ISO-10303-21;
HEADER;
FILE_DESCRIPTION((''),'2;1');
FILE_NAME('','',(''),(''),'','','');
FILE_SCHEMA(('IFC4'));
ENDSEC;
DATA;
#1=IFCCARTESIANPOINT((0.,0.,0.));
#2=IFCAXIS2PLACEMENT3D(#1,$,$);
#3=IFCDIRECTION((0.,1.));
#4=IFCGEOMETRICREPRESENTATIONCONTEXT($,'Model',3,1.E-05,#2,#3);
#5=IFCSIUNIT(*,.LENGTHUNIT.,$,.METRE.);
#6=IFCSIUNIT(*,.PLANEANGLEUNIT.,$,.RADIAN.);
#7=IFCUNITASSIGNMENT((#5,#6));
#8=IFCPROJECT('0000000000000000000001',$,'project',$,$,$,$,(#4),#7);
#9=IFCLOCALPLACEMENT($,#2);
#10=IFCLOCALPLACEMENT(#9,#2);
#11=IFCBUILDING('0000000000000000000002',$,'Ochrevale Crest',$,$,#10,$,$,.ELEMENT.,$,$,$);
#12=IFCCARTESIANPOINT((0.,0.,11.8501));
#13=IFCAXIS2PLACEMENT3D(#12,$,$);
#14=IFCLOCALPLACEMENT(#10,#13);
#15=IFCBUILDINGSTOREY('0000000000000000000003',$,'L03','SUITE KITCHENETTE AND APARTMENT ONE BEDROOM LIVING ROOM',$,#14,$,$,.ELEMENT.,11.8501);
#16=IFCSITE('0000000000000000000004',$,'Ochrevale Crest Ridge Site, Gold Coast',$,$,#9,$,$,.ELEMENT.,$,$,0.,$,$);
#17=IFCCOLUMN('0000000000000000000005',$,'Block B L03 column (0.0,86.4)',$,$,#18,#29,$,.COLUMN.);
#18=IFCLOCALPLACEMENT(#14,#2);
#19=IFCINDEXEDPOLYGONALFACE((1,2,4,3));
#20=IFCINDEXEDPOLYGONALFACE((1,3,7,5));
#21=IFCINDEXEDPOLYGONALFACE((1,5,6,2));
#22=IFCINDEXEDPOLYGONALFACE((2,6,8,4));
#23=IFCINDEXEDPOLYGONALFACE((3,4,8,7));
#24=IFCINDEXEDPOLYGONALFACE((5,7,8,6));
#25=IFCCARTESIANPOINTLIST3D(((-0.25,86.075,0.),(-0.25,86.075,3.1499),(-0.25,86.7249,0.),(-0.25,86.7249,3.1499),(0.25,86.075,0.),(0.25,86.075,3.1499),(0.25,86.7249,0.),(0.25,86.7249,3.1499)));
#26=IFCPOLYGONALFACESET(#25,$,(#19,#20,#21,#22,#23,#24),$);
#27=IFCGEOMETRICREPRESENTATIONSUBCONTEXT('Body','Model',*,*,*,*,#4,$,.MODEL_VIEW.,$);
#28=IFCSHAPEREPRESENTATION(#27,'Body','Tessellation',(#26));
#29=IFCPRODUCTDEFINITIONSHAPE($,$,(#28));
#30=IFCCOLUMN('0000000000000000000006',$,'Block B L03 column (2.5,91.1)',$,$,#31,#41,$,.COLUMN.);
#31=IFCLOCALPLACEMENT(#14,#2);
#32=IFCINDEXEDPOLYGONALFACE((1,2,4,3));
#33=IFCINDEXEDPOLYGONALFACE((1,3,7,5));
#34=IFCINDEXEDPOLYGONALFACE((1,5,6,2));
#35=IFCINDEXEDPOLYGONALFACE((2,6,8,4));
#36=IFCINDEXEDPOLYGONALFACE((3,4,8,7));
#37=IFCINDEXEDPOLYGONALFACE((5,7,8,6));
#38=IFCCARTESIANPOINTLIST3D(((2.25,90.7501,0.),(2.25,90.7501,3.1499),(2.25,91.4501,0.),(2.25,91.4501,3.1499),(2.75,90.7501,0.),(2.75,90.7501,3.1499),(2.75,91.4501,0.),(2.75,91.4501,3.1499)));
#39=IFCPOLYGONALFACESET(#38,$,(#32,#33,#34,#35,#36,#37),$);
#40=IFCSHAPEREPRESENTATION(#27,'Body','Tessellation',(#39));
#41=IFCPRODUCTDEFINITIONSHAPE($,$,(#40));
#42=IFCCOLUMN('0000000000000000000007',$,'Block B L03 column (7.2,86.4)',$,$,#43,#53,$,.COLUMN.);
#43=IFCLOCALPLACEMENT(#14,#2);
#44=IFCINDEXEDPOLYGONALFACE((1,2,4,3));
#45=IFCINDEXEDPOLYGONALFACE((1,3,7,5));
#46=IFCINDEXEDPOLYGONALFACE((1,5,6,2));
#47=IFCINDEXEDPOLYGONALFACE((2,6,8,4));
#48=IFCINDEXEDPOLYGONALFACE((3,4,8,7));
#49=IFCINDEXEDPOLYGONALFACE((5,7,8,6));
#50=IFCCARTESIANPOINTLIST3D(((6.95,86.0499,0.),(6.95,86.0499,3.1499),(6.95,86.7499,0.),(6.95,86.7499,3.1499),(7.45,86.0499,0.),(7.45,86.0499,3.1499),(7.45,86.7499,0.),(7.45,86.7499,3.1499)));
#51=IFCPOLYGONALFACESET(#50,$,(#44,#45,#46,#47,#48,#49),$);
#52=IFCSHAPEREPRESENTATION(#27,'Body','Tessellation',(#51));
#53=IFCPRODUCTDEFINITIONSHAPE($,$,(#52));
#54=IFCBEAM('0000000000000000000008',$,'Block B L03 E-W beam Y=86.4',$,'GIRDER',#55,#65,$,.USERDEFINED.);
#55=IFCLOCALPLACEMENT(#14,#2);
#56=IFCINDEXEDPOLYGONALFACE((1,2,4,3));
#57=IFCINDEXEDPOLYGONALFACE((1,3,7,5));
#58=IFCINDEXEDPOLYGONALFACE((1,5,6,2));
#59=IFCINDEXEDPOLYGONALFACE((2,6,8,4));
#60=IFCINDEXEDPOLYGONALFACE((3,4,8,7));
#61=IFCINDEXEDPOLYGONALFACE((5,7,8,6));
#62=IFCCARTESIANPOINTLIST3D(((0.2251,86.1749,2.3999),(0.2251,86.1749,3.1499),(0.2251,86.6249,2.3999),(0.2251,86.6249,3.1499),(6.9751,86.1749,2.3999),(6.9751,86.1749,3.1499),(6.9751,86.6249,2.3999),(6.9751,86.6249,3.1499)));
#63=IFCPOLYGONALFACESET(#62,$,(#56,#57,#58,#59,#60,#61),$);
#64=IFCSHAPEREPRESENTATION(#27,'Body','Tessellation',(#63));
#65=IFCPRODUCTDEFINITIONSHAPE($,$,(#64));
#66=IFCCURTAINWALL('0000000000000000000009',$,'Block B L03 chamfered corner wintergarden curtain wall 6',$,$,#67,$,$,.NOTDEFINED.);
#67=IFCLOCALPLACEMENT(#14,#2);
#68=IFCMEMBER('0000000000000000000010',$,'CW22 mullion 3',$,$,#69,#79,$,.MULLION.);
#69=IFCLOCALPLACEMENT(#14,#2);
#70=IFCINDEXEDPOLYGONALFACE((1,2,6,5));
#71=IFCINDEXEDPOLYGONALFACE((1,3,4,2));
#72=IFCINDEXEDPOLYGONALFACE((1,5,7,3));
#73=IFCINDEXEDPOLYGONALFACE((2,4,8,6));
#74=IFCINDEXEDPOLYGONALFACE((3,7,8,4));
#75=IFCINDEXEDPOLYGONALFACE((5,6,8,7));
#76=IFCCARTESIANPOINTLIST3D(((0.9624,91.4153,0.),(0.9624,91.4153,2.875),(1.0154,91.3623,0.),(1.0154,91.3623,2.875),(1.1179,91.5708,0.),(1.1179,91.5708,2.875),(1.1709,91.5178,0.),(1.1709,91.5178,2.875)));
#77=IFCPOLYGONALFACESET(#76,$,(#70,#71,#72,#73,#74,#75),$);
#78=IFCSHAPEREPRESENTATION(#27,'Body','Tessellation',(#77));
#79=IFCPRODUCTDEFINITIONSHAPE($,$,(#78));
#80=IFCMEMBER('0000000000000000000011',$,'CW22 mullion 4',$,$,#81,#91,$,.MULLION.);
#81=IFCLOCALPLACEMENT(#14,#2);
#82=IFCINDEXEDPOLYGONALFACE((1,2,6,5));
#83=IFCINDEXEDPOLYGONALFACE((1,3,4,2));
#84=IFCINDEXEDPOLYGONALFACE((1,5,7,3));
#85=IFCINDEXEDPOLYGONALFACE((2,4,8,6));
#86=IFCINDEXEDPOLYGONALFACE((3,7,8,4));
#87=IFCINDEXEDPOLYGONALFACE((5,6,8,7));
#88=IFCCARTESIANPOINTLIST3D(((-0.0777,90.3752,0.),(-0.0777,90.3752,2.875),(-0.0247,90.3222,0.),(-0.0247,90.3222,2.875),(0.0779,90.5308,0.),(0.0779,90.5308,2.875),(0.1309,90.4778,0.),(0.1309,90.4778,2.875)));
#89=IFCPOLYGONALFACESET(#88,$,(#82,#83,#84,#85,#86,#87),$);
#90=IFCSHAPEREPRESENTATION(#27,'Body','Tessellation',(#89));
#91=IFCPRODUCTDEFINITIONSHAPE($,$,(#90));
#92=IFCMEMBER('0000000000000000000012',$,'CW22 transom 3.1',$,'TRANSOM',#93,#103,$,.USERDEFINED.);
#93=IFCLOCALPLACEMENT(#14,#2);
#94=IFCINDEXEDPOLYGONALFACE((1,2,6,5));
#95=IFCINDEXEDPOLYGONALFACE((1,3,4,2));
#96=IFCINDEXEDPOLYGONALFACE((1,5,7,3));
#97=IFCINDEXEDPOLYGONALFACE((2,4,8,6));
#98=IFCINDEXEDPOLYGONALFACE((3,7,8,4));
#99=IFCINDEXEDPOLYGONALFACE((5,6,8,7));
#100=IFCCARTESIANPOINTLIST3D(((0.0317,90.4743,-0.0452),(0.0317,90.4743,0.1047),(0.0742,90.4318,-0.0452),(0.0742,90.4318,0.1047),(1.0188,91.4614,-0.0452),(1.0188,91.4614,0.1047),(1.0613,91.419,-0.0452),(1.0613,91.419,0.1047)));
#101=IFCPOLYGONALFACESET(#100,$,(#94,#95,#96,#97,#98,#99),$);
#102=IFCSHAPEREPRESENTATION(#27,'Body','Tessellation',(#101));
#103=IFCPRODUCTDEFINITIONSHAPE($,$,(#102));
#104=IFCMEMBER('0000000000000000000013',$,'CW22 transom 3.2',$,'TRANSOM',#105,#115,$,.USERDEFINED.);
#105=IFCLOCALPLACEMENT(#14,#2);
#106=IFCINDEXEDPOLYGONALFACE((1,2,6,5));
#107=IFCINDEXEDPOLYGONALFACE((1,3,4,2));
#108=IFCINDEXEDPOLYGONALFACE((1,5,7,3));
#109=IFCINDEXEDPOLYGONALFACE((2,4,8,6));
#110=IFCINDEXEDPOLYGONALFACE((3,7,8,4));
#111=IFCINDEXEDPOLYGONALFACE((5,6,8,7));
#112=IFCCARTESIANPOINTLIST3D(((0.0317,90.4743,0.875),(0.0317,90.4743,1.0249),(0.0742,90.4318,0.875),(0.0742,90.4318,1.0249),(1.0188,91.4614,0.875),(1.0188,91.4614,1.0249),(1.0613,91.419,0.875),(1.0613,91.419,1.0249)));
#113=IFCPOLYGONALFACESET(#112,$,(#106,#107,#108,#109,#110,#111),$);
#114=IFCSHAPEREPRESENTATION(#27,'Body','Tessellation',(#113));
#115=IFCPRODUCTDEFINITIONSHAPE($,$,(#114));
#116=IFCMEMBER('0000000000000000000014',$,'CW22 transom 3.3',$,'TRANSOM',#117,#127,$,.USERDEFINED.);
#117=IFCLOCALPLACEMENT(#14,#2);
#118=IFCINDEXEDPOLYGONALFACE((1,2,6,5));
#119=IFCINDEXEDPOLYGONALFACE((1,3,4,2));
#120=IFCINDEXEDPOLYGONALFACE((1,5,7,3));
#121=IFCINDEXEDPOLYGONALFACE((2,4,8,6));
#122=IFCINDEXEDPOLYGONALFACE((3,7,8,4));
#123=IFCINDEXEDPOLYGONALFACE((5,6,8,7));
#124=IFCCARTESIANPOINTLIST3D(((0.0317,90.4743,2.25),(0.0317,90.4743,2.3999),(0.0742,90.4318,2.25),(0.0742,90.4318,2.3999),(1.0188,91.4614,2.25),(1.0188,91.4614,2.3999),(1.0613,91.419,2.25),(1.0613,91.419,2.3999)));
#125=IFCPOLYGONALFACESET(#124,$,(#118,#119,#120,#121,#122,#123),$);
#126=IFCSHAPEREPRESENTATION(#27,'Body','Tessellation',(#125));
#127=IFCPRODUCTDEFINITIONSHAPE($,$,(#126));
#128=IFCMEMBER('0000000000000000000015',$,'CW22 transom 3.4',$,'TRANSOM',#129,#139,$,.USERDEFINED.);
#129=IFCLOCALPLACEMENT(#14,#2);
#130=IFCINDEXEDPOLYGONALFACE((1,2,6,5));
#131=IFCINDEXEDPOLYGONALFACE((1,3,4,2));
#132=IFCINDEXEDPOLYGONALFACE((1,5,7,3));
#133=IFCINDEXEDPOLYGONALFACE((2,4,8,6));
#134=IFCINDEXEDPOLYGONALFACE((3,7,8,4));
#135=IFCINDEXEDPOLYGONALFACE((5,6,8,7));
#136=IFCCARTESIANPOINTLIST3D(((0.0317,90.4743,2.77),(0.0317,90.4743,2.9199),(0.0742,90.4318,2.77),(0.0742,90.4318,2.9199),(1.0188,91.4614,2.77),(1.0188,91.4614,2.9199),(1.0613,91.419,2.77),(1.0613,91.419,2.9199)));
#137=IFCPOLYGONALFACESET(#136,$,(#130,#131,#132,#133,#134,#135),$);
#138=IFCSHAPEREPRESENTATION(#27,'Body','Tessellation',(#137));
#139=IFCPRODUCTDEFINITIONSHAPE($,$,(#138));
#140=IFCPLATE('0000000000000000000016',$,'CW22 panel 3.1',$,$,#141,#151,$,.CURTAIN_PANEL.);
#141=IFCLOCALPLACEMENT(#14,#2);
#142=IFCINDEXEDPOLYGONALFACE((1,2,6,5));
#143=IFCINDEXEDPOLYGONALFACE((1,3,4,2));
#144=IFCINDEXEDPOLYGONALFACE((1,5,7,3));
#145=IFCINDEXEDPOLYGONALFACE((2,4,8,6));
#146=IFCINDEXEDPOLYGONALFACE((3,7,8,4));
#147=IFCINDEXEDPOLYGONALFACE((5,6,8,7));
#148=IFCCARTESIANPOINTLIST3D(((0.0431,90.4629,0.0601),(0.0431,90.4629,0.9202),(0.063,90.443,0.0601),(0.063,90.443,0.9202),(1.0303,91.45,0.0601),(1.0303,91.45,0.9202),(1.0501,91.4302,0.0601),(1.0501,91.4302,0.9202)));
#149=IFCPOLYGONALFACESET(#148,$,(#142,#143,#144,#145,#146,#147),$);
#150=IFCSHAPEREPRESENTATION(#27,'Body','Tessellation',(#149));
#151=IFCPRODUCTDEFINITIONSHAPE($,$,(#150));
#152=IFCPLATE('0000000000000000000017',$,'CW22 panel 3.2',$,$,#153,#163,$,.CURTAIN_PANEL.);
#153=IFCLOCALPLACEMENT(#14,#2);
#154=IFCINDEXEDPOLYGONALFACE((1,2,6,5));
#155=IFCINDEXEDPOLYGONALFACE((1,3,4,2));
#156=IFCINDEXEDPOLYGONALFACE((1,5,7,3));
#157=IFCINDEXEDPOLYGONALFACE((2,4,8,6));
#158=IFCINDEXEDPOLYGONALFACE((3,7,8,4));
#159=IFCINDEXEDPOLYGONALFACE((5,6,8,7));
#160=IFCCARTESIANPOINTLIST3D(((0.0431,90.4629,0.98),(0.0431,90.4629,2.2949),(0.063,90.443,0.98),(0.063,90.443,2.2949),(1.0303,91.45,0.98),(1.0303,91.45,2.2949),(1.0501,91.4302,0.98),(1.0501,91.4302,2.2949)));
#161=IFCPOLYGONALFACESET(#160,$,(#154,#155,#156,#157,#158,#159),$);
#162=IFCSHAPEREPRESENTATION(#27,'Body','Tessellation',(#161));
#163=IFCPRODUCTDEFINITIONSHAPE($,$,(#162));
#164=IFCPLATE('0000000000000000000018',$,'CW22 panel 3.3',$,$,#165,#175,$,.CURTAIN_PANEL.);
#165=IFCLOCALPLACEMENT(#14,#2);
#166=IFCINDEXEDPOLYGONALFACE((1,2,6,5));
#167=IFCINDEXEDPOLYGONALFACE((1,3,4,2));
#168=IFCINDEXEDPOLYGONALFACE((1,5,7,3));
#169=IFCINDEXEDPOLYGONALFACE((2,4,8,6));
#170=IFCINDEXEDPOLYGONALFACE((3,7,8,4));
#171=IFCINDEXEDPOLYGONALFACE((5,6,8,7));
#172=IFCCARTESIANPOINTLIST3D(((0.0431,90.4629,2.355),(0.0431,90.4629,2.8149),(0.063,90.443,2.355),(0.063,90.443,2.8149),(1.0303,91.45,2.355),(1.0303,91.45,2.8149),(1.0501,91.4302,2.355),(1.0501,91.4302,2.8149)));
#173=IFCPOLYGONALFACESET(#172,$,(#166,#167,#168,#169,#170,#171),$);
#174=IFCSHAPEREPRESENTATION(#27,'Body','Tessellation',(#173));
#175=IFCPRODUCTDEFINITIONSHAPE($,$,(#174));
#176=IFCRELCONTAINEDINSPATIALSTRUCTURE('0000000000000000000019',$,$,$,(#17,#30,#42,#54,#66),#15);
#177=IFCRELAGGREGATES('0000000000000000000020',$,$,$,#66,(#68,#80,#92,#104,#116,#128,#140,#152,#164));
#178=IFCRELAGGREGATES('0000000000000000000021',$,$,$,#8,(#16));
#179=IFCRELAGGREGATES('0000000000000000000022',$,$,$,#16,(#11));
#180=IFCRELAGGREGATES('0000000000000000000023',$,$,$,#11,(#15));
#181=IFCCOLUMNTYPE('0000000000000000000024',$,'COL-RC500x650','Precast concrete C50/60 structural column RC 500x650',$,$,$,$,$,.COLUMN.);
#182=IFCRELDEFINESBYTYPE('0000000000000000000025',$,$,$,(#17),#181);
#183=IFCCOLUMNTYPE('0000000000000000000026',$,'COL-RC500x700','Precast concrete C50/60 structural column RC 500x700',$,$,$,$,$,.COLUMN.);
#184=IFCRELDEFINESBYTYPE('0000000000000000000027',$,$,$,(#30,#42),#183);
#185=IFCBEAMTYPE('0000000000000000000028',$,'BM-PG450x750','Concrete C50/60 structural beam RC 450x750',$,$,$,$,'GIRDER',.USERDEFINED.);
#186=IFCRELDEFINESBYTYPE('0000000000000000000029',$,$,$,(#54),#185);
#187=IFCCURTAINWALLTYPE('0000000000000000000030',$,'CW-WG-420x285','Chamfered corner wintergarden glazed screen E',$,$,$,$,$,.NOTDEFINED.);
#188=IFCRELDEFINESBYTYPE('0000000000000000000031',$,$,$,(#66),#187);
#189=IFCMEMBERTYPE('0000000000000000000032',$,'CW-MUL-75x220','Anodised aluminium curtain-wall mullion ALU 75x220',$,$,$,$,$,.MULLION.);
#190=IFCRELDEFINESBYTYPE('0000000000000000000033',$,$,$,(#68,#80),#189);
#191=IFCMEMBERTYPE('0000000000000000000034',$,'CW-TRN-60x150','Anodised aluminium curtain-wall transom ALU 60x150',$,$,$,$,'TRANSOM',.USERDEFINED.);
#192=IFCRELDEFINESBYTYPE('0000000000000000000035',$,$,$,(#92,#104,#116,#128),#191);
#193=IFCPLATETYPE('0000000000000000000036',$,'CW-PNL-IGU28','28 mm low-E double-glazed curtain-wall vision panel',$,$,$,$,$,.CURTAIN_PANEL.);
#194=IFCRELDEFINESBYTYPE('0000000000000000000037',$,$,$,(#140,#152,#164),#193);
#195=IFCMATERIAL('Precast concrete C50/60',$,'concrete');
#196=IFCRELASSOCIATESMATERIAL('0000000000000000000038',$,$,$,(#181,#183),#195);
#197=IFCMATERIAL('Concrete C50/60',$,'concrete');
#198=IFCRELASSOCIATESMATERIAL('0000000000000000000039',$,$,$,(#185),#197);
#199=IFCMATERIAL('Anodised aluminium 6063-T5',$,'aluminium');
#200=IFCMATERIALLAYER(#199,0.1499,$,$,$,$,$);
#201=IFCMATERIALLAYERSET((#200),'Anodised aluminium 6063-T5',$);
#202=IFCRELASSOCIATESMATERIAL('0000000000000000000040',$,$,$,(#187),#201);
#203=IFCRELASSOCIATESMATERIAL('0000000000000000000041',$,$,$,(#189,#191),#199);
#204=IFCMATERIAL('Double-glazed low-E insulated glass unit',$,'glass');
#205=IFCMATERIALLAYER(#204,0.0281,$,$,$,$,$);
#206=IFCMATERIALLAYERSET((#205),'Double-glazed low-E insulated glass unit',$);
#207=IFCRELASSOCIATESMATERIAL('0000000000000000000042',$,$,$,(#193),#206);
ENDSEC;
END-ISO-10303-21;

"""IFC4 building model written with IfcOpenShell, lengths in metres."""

from ifc_helpers import new_model, si_unit, direction, frame, origin, origin_2d, place, context, subcontext, project, spatial, rectangle, extrude, material, layer, layer_set, material_profile, profile_set, type_object, element, aggregate, save


model = new_model("IFC4")

# Units and contexts
model_context = context("Model", 3, precision=1e-05, world=origin(), true_north=direction((0.0, 1.0)))
body_context = subcontext(model_context, "Body", "Model", "MODEL_VIEW")
ifc_project = project(units=[si_unit("LENGTHUNIT", "METRE"), si_unit("PLANEANGLEUNIT", "RADIAN")], contexts=[model_context])

# Site, building, storey
site_placement = place(None, origin())
site = spatial("IfcSite", under=ifc_project, at=site_placement, Name="Ochrevale Crest Ridge Site, Gold Coast", CompositionType="ELEMENT", RefElevation=0.0)
building_placement = place(site_placement, origin())
building = spatial("IfcBuilding", under=site, at=building_placement, Name="Ochrevale Crest", CompositionType="ELEMENT")
storey_placement = place(building_placement, frame((0.0, 0.0, 11.8501)))
storey = spatial("IfcBuildingStorey", under=building, at=storey_placement, Name="L03", Description="SUITE KITCHENETTE AND APARTMENT ONE BEDROOM LIVING ROOM", CompositionType="ELEMENT", Elevation=11.8501)

# Columns
ifc_material_1 = material(Name="Precast concrete C50/60", Category="concrete")
ifc_material_profile_1 = material_profile(ifc_material_1, rectangle(XDim=0.5, YDim=0.6499, at=origin_2d()), Name="RC 500x650")
ifc_profile_set_1 = profile_set([ifc_material_profile_1], Name="Precast concrete C50/60")
column_type_1 = type_object("IfcColumnType", Name="COL-RC500x650", Description="Precast concrete C50/60 structural column RC 500x650", PredefinedType="COLUMN", material=ifc_profile_set_1)
column_placement = place(storey_placement, frame((0.0, 86.3999, 0.0), z_axis=(0.0, 0.0, 1.0), x_axis=(1.0, 0.0, 0.0)))
element("IfcColumn", 1, at=column_placement, inside=storey, type_object=column_type_1, Name="Block B L03 column (0.0,86.4)", PredefinedType="COLUMN", context=body_context, shape_type="SweptSolid", body=[
    extrude(rectangle(XDim=0.5, YDim=0.6499, at=origin_2d()), origin(), (0.0, 0.0, 1.0), 3.1499),
])
ifc_material_profile_2 = material_profile(ifc_material_1, rectangle(XDim=0.5, YDim=0.7, at=origin_2d()), Name="RC 500x700")
ifc_profile_set_2 = profile_set([ifc_material_profile_2], Name="Precast concrete C50/60")
column_type_2 = type_object("IfcColumnType", Name="COL-RC500x700", Description="Precast concrete C50/60 structural column RC 500x700", PredefinedType="COLUMN", material=ifc_profile_set_2)
for number, where, z_axis, x_axis, name in (
    (2, (2.5, 91.1001, 0.0), (0.0, 0.0, 1.0), (1.0, 0.0, 0.0), "Block B L03 column (2.5,91.1)"),
    (3, (7.2, 86.3999, 0.0), (0.0, 0.0, 1.0), (1.0, 0.0, 0.0), "Block B L03 column (7.2,86.4)"),
):
    element("IfcColumn", number, at=place(storey_placement, frame(where, z_axis=z_axis, x_axis=x_axis)), inside=storey, type_object=column_type_2, Name=name, PredefinedType="COLUMN", context=body_context, shape_type="SweptSolid", body=[
        extrude(rectangle(XDim=0.5, YDim=0.7, at=origin_2d()), origin(), (0.0, 0.0, 1.0), 3.1499),
    ])

# Beam
ifc_material_2 = material(Name="Concrete C50/60", Category="concrete")
ifc_material_profile_3 = material_profile(ifc_material_2, rectangle(XDim=0.45, YDim=0.75, at=origin_2d()), Name="RC 450x750")
ifc_profile_set_3 = profile_set([ifc_material_profile_3], Name="Concrete C50/60")
beam_type = type_object("IfcBeamType", Name="BM-PG450x750", Description="Concrete C50/60 structural beam RC 450x750", ElementType="GIRDER", PredefinedType="USERDEFINED", material=ifc_profile_set_3)
beam_placement = place(storey_placement, frame((0.2251, 86.3999, 2.7749), z_axis=(1.0, 0.0, 0.0), x_axis=(0.0, 1.0, 0.0)))
element("IfcBeam", 4, at=beam_placement, inside=storey, type_object=beam_type, Name="Block B L03 E-W beam Y=86.4", ObjectType="GIRDER", PredefinedType="USERDEFINED", context=body_context, shape_type="SweptSolid", body=[
    extrude(rectangle(XDim=0.45, YDim=0.75, at=origin_2d()), origin(), (0.0, 0.0, 1.0), 6.75),
])

# Curtain wall, members, plates
ifc_material_3 = material(Name="Anodised aluminium 6063-T5", Category="aluminium")
ifc_layer_1 = layer(ifc_material_3, 0.1499)
ifc_layer_set_1 = layer_set([ifc_layer_1], Name="Anodised aluminium 6063-T5")
curtain_wall_type = type_object("IfcCurtainWallType", Name="CW-WG-420x285", Description="Chamfered corner wintergarden glazed screen E", PredefinedType="NOTDEFINED", material=ifc_layer_set_1)
curtain_wall_placement = place(storey_placement, origin())
curtain_wall = element("IfcCurtainWall", 5, at=curtain_wall_placement, inside=storey, type_object=curtain_wall_type, Name="Block B L03 chamfered corner wintergarden curtain wall 6", PredefinedType="NOTDEFINED")
ifc_material_profile_4 = material_profile(ifc_material_3, rectangle(XDim=0.075, YDim=0.22, at=origin_2d()), Name="ALU 75x220")
ifc_profile_set_4 = profile_set([ifc_material_profile_4], Name="Anodised aluminium 6063-T5")
member_type_1 = type_object("IfcMemberType", Name="CW-MUL-75x220", Description="Anodised aluminium curtain-wall mullion ALU 75x220", PredefinedType="MULLION", material=ifc_profile_set_4)
member_1_placement = place(storey_placement, frame((1.0667, 91.4666, 0.0), z_axis=(0.0, 0.0, 1.0), x_axis=(0.707107, -0.707107, 0.0)))
member_1 = element("IfcMember", 6, at=member_1_placement, type_object=member_type_1, Name="CW22 mullion 3", PredefinedType="MULLION", context=body_context, shape_type="SweptSolid", body=[
    extrude(rectangle(XDim=0.075, YDim=0.22, at=origin_2d()), origin(), (0.0, 0.0, 1.0), 2.875),
])
member_2_placement = place(storey_placement, frame((0.0266, 90.4265, 0.0), z_axis=(0.0, 0.0, 1.0), x_axis=(0.707107, -0.707107, 0.0)))
member_2 = element("IfcMember", 7, at=member_2_placement, type_object=member_type_1, Name="CW22 mullion 4", PredefinedType="MULLION", context=body_context, shape_type="SweptSolid", body=[
    extrude(rectangle(XDim=0.075, YDim=0.22, at=origin_2d()), origin(), (0.0, 0.0, 1.0), 2.875),
])
ifc_material_profile_5 = material_profile(ifc_material_3, rectangle(XDim=0.0601, YDim=0.1499, at=origin_2d()), Name="ALU 60x150")
ifc_profile_set_5 = profile_set([ifc_material_profile_5], Name="Anodised aluminium 6063-T5")
member_type_2 = type_object("IfcMemberType", Name="CW-TRN-60x150", Description="Anodised aluminium curtain-wall transom ALU 60x150", ElementType="TRANSOM", PredefinedType="USERDEFINED", material=ifc_profile_set_5)
member_3_placement = place(storey_placement, frame((1.04, 91.4402, 0.0298), z_axis=(-0.707107, -0.707107, 0.0), x_axis=(0.707107, -0.707107, 0.0)))
member_3 = element("IfcMember", 8, at=member_3_placement, type_object=member_type_2, Name="CW22 transom 3.1", ObjectType="TRANSOM", PredefinedType="USERDEFINED", context=body_context, shape_type="SweptSolid", body=[
    extrude(rectangle(XDim=0.0601, YDim=0.1499, at=origin_2d()), origin(), (0.0, 0.0, 1.0), 1.396),
])
member_4_placement = place(storey_placement, frame((1.04, 91.4402, 0.95), z_axis=(-0.707107, -0.707107, 0.0), x_axis=(0.707107, -0.707107, 0.0)))
member_4 = element("IfcMember", 9, at=member_4_placement, type_object=member_type_2, Name="CW22 transom 3.2", ObjectType="TRANSOM", PredefinedType="USERDEFINED", context=body_context, shape_type="SweptSolid", body=[
    extrude(rectangle(XDim=0.0601, YDim=0.1499, at=origin_2d()), origin(), (0.0, 0.0, 1.0), 1.396),
])
member_5_placement = place(storey_placement, frame((1.04, 91.4402, 2.325), z_axis=(-0.707107, -0.707107, 0.0), x_axis=(0.707107, -0.707107, 0.0)))
member_5 = element("IfcMember", 10, at=member_5_placement, type_object=member_type_2, Name="CW22 transom 3.3", ObjectType="TRANSOM", PredefinedType="USERDEFINED", context=body_context, shape_type="SweptSolid", body=[
    extrude(rectangle(XDim=0.0601, YDim=0.1499, at=origin_2d()), origin(), (0.0, 0.0, 1.0), 1.396),
])
member_6_placement = place(storey_placement, frame((1.04, 91.4402, 2.845), z_axis=(-0.707107, -0.707107, 0.0), x_axis=(0.707107, -0.707107, 0.0)))
member_6 = element("IfcMember", 11, at=member_6_placement, type_object=member_type_2, Name="CW22 transom 3.4", ObjectType="TRANSOM", PredefinedType="USERDEFINED", context=body_context, shape_type="SweptSolid", body=[
    extrude(rectangle(XDim=0.0601, YDim=0.1499, at=origin_2d()), origin(), (0.0, 0.0, 1.0), 1.396),
])
ifc_material_4 = material(Name="Double-glazed low-E insulated glass unit", Category="glass")
ifc_layer_2 = layer(ifc_material_4, 0.0281)
ifc_layer_set_2 = layer_set([ifc_layer_2], Name="Double-glazed low-E insulated glass unit")
plate_type = type_object("IfcPlateType", Name="CW-PNL-IGU28", Description="28 mm low-E double-glazed curtain-wall vision panel", PredefinedType="CURTAIN_PANEL", material=ifc_layer_set_2)
plate_1_placement = place(storey_placement, frame((0.5466, 90.9465, 0.0601), z_axis=(0.0, 0.0, 1.0), x_axis=(-0.707107, -0.707107, 0.0)))
plate_1 = element("IfcPlate", 12, at=plate_1_placement, type_object=plate_type, Name="CW22 panel 3.1", PredefinedType="CURTAIN_PANEL", context=body_context, shape_type="SweptSolid", body=[
    extrude(rectangle(XDim=1.396, YDim=0.0281, at=origin_2d()), origin(), (0.0, 0.0, 1.0), 0.8601),
])
plate_2_placement = place(storey_placement, frame((0.5466, 90.9465, 0.98), z_axis=(0.0, 0.0, 1.0), x_axis=(-0.707107, -0.707107, 0.0)))
plate_2 = element("IfcPlate", 13, at=plate_2_placement, type_object=plate_type, Name="CW22 panel 3.2", PredefinedType="CURTAIN_PANEL", context=body_context, shape_type="SweptSolid", body=[
    extrude(rectangle(XDim=1.396, YDim=0.0281, at=origin_2d()), origin(), (0.0, 0.0, 1.0), 1.3149),
])
plate_3_placement = place(storey_placement, frame((0.5466, 90.9465, 2.355), z_axis=(0.0, 0.0, 1.0), x_axis=(-0.707107, -0.707107, 0.0)))
plate_3 = element("IfcPlate", 14, at=plate_3_placement, type_object=plate_type, Name="CW22 panel 3.3", PredefinedType="CURTAIN_PANEL", context=body_context, shape_type="SweptSolid", body=[
    extrude(rectangle(XDim=1.396, YDim=0.0281, at=origin_2d()), origin(), (0.0, 0.0, 1.0), 0.46),
])
aggregate(curtain_wall, [member_1, member_2, member_3, member_4, member_5, member_6, plate_1, plate_2, plate_3])

save(model, "model.ifc")
